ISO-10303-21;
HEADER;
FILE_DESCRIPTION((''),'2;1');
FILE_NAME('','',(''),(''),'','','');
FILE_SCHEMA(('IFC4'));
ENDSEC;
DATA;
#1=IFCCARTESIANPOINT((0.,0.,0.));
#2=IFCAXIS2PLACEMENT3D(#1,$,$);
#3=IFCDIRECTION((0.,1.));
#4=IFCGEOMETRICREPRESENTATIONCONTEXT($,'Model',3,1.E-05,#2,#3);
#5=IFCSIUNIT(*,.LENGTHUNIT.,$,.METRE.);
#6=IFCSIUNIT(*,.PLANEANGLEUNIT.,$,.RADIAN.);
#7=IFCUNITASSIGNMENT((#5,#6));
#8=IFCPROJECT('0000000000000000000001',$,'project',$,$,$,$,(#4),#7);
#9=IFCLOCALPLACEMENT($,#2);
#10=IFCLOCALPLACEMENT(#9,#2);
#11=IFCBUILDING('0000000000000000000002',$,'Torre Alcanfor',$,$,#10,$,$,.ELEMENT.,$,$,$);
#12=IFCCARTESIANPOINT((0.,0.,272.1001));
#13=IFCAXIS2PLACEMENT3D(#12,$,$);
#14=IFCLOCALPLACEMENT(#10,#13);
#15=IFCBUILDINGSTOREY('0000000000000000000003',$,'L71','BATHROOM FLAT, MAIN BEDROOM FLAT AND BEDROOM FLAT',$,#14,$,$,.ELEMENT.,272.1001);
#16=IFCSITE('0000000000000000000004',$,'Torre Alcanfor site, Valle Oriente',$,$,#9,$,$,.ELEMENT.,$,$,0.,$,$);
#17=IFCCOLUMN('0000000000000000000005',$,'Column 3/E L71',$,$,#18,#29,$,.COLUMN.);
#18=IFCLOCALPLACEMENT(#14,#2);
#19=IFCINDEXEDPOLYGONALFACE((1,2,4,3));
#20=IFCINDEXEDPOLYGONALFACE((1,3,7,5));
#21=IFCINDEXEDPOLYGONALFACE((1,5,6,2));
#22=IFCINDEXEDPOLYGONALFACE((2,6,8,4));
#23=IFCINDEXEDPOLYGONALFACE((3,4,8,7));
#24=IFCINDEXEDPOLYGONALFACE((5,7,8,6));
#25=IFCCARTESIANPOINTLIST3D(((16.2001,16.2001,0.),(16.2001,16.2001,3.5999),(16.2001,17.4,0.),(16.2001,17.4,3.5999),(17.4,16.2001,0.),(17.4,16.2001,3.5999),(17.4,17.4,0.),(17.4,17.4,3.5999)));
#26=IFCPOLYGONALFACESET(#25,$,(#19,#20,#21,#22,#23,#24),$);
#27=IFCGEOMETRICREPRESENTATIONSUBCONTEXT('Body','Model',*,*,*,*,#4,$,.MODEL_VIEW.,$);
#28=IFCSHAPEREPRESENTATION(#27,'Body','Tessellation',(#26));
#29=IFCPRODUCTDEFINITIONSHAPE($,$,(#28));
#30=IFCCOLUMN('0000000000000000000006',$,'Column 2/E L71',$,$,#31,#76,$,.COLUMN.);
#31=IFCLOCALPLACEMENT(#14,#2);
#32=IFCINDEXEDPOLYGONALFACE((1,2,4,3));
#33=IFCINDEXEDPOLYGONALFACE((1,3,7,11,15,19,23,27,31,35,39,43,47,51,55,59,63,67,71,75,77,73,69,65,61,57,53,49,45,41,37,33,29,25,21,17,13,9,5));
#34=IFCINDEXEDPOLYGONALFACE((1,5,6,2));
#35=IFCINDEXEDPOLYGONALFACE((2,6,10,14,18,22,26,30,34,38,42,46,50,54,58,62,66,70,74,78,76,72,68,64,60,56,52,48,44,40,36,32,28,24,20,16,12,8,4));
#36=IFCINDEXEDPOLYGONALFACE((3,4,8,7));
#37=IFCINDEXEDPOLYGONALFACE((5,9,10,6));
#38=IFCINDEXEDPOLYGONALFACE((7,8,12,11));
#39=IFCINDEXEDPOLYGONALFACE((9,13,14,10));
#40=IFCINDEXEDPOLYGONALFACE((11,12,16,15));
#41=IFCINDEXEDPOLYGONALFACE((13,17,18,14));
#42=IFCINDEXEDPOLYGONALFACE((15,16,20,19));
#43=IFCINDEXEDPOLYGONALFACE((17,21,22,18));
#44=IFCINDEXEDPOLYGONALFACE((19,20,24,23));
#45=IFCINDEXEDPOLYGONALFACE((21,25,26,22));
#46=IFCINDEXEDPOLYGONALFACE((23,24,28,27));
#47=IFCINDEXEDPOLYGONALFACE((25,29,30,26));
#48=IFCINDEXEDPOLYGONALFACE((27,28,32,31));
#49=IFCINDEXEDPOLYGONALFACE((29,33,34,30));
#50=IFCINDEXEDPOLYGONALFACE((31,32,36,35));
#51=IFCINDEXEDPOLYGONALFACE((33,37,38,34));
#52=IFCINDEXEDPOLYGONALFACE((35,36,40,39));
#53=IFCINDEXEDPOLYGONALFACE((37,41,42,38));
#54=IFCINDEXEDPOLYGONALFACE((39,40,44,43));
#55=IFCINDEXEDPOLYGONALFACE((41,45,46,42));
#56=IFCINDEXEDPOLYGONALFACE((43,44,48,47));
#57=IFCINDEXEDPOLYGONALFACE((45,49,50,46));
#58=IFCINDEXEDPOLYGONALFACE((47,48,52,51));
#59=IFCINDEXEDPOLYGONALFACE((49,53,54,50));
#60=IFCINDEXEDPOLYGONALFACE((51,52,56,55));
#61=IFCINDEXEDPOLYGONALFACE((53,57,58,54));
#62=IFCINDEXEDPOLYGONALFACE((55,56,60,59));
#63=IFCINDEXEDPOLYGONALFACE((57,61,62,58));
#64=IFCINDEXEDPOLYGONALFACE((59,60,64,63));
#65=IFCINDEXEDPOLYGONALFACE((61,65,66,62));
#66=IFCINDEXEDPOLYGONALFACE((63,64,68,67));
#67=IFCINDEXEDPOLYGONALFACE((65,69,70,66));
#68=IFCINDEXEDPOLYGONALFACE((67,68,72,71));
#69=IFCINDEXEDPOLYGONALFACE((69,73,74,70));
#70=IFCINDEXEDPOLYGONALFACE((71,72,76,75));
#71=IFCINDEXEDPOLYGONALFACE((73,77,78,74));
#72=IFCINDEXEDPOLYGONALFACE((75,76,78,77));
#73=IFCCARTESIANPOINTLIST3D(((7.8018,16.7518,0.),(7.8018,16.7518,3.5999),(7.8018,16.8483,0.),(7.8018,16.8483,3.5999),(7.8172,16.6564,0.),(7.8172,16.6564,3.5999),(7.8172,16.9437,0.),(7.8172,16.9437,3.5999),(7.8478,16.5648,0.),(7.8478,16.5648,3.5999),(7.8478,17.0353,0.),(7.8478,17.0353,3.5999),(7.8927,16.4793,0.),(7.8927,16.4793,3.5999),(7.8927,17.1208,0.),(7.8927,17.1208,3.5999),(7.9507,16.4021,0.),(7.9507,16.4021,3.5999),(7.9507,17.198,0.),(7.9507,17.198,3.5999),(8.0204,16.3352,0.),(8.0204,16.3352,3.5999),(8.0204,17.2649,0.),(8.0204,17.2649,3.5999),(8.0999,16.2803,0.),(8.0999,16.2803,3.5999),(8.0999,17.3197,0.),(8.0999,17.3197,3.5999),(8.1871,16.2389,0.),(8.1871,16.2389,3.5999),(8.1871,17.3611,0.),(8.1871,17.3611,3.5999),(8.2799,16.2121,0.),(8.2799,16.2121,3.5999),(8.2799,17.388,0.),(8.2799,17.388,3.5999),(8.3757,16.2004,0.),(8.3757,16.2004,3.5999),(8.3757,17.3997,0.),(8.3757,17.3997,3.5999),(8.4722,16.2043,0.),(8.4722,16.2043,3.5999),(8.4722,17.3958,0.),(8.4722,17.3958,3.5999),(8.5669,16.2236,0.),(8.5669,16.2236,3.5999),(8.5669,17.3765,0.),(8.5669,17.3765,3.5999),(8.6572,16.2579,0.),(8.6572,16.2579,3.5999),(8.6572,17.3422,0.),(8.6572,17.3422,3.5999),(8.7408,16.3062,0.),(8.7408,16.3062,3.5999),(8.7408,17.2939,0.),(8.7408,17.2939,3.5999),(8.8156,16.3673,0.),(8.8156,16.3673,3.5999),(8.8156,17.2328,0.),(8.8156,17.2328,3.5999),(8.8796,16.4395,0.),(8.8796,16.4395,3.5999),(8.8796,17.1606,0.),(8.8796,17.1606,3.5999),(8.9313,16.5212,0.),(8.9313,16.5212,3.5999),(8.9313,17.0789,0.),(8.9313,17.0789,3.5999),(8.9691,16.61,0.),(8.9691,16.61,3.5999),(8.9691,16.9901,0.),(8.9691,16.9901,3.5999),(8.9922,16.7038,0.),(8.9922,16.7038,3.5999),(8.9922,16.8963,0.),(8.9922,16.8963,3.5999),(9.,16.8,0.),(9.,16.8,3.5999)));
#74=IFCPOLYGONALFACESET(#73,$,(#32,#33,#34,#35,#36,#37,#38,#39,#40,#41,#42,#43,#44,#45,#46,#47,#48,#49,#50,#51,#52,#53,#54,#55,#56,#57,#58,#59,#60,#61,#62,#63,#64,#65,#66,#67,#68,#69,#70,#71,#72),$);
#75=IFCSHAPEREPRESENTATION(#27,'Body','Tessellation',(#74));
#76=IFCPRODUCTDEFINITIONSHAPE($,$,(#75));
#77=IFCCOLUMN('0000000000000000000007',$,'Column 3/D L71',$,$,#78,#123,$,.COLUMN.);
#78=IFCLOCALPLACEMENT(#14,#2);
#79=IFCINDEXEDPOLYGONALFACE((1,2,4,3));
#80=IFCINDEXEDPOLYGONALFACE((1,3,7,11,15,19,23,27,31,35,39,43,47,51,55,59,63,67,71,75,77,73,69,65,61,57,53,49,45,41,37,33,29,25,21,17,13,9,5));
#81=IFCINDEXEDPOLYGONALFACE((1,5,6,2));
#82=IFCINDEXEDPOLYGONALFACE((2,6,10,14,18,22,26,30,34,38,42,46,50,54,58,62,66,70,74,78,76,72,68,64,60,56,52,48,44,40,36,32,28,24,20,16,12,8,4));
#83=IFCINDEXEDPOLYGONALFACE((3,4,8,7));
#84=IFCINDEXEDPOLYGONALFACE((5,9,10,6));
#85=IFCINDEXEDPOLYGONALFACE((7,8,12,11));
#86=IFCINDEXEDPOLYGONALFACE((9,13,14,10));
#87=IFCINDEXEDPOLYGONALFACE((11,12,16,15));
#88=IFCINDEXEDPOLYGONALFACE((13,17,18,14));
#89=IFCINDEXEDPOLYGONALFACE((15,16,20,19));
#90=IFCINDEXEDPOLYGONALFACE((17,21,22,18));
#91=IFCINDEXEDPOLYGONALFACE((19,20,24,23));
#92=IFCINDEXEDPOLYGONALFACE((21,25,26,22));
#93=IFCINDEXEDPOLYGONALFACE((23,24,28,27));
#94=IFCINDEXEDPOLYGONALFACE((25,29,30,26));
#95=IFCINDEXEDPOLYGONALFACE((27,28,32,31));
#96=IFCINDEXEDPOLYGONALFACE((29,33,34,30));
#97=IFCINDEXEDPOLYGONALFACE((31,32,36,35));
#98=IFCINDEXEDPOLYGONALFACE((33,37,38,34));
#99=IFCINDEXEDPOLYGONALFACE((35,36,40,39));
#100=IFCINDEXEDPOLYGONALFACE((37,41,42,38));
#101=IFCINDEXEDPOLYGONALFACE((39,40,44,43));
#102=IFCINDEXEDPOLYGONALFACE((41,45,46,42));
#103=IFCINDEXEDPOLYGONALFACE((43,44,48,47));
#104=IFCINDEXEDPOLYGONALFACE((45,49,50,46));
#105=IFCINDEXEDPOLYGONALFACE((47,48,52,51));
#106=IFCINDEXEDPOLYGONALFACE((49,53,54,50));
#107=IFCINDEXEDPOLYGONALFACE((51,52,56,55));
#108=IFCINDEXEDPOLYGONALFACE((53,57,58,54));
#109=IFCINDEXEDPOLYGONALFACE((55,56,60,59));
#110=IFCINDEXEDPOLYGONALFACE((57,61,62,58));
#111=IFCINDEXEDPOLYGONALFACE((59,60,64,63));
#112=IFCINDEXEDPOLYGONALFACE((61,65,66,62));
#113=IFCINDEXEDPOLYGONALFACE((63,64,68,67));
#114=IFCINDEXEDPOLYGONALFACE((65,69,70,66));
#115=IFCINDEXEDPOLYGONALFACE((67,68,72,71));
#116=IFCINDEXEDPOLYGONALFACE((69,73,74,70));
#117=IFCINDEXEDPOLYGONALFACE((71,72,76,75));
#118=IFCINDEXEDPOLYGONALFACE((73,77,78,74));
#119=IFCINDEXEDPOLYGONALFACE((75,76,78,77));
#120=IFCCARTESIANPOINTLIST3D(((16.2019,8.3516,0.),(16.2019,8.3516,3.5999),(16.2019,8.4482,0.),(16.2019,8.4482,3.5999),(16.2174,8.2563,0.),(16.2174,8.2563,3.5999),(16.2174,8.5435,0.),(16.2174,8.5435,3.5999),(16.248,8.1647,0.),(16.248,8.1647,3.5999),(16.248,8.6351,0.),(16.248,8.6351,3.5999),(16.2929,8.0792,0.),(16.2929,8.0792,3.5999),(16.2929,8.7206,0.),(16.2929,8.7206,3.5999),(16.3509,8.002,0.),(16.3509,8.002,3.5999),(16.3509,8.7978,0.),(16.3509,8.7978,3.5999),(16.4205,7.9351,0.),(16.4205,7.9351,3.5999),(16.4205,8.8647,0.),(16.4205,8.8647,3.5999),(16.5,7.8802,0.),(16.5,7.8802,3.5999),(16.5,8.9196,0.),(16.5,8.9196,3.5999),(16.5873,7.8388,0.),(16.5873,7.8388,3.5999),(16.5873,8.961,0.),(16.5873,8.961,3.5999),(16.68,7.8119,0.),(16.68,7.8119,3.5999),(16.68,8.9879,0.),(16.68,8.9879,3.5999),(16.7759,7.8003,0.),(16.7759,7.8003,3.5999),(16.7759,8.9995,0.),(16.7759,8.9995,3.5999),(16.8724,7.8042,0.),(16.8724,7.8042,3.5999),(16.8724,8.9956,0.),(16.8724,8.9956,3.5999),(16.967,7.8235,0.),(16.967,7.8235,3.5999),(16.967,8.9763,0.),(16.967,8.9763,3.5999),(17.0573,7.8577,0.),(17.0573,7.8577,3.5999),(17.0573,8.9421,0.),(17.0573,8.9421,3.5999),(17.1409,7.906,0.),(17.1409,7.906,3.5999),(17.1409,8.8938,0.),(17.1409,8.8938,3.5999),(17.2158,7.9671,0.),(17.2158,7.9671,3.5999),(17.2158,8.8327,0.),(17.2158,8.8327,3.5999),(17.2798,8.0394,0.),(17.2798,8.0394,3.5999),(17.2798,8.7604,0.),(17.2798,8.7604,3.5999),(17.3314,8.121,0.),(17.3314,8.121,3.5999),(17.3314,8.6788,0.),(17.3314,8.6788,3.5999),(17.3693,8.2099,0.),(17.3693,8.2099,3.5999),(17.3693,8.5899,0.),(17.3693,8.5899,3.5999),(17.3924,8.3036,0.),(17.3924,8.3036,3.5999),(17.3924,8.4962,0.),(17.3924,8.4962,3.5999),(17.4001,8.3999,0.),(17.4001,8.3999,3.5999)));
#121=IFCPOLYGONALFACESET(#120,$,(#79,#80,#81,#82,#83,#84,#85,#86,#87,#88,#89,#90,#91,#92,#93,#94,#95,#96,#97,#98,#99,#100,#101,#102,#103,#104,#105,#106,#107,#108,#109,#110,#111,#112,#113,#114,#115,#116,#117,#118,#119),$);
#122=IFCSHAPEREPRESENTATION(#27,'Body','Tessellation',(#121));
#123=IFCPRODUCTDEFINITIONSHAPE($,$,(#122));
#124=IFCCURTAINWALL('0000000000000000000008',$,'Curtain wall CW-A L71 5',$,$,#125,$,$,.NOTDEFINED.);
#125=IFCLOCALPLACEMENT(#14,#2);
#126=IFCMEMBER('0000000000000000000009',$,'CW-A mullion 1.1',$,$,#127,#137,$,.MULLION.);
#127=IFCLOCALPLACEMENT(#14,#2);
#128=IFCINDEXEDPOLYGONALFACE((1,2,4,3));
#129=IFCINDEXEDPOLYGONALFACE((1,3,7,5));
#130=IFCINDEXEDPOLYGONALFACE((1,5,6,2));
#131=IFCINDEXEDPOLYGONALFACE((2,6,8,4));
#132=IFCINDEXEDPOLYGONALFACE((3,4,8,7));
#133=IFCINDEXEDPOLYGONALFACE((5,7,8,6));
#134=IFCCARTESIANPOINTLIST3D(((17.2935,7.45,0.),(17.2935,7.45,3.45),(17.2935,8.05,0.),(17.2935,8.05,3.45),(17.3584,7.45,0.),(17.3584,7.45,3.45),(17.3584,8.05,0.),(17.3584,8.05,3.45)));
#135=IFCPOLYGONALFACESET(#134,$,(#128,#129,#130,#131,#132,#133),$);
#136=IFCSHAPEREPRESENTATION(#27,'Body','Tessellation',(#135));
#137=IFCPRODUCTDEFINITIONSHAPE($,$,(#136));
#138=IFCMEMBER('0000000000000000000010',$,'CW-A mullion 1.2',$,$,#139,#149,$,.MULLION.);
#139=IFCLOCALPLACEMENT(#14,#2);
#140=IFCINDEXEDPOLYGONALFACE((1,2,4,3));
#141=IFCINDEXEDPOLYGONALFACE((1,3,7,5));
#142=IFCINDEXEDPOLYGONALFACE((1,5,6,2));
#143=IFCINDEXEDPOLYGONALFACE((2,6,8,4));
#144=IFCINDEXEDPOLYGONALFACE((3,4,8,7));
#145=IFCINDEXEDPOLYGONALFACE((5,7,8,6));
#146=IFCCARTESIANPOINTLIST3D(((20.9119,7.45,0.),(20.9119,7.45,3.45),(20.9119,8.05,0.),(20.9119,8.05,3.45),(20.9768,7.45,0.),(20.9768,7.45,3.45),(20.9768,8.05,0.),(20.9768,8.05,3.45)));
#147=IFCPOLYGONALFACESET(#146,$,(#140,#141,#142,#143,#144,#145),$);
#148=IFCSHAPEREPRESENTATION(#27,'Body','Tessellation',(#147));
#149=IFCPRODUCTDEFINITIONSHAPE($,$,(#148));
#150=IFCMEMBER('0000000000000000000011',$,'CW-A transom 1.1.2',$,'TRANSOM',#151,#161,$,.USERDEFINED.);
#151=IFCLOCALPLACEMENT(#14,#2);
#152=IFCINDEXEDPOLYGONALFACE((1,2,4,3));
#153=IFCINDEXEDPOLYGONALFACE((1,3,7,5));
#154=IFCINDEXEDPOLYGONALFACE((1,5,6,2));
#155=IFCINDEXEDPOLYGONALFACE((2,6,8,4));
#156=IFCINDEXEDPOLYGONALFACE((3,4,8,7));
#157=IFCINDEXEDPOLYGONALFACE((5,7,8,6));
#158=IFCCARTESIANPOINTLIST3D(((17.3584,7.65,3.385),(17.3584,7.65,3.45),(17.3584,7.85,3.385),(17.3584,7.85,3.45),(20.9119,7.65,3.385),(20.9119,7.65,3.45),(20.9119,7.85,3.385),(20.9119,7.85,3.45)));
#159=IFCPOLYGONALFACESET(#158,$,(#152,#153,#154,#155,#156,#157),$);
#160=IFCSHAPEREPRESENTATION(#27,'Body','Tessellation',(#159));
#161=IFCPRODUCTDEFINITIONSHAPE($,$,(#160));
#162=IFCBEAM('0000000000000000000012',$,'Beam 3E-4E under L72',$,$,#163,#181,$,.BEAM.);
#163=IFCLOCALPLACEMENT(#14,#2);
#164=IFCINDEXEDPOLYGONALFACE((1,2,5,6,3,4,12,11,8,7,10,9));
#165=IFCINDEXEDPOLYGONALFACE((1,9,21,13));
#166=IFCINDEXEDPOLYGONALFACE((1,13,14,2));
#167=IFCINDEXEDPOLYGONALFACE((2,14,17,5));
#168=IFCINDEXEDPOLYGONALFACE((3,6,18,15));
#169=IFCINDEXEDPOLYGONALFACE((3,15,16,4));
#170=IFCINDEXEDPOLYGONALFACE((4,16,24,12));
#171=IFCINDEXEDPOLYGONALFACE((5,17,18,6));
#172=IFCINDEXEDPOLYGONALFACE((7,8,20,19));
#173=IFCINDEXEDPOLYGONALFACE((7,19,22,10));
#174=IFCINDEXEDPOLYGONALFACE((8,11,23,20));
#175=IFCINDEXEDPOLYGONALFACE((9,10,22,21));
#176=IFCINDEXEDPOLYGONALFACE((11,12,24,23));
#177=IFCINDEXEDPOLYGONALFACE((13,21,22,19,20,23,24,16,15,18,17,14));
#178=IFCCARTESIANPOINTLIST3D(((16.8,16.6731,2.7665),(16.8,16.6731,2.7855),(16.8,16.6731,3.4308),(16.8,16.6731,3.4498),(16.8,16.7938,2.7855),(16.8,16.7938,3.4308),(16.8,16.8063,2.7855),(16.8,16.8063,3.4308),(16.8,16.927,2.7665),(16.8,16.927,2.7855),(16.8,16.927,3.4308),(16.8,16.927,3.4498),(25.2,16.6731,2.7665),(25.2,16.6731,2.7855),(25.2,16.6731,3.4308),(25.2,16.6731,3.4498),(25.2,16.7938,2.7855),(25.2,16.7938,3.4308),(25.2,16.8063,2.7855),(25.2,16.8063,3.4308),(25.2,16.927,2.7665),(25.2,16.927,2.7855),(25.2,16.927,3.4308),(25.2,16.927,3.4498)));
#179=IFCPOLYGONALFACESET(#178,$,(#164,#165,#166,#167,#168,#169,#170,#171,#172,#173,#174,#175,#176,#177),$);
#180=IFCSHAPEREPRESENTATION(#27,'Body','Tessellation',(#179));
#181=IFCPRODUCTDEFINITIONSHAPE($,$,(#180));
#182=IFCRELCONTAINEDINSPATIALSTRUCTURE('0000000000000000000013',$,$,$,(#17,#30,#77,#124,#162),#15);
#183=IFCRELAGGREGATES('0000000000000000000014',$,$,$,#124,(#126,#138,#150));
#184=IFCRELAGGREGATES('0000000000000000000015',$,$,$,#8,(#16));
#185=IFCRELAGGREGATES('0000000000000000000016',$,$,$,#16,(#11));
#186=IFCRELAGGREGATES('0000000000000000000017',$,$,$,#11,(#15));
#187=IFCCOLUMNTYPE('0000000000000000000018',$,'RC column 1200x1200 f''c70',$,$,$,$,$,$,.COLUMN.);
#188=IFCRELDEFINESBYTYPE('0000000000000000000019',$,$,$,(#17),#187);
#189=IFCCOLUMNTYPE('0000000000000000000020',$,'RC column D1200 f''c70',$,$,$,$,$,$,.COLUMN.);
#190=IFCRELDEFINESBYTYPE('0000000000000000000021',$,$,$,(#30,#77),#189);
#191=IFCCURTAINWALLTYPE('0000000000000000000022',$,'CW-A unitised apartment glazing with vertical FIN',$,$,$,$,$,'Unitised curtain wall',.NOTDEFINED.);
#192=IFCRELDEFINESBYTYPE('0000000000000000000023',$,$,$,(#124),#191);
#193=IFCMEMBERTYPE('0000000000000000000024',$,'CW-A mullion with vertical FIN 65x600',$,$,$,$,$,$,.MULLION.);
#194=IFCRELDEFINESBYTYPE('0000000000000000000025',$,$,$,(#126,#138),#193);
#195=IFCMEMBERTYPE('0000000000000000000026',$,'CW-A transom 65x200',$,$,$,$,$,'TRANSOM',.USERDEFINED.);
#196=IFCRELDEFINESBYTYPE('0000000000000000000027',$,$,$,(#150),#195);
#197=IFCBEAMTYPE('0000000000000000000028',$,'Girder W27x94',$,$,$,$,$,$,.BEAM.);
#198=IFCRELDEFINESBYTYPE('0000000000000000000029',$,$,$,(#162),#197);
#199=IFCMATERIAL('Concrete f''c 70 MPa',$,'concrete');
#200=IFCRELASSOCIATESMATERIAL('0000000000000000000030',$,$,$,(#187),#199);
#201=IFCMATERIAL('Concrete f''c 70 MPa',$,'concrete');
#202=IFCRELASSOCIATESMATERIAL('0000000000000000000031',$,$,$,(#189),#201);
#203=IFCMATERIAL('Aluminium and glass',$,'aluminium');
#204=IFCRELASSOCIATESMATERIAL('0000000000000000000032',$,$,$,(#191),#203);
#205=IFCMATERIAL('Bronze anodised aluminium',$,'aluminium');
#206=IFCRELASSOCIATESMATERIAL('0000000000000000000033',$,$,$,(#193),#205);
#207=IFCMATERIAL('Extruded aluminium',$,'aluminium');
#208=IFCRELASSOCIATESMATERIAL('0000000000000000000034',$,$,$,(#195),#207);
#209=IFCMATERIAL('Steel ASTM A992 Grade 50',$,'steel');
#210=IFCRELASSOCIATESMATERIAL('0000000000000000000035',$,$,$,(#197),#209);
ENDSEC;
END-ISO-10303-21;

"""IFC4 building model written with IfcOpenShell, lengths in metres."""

from ifc_helpers import new_model, si_unit, direction, frame, origin, origin_2d, place, context, subcontext, project, spatial, rectangle, circle, i_section, extrude, material, material_profile, profile_set, type_object, element, aggregate, save


model = new_model("IFC4")

# Units and contexts
model_context = context("Model", 3, precision=1e-05, world=origin(), true_north=direction((0.0, 1.0)))
body_context = subcontext(model_context, "Body", "Model", "MODEL_VIEW")
ifc_project = project(units=[si_unit("LENGTHUNIT", "METRE"), si_unit("PLANEANGLEUNIT", "RADIAN")], contexts=[model_context])

# Site, building, storey
site_placement = place(None, origin())
site = spatial("IfcSite", under=ifc_project, at=site_placement, Name="Torre Alcanfor site, Valle Oriente", CompositionType="ELEMENT", RefElevation=0.0)
building_placement = place(site_placement, origin())
building = spatial("IfcBuilding", under=site, at=building_placement, Name="Torre Alcanfor", CompositionType="ELEMENT")
storey_placement = place(building_placement, frame((0.0, 0.0, 272.1001)))
storey = spatial("IfcBuildingStorey", under=building, at=storey_placement, Name="L71", Description="BATHROOM FLAT, MAIN BEDROOM FLAT AND BEDROOM FLAT", CompositionType="ELEMENT", Elevation=272.1001)

# Columns
ifc_material_1 = material(Name="Concrete f'c 70 MPa", Category="concrete")
ifc_material_profile_1 = material_profile(ifc_material_1, rectangle(XDim=1.2, YDim=1.2, at=origin_2d()), Name="1200x1200")
ifc_profile_set_1 = profile_set([ifc_material_profile_1], Name="Concrete f'c 70 MPa")
column_type_1 = type_object("IfcColumnType", Name="RC column 1200x1200 f'c70", PredefinedType="COLUMN", material=ifc_profile_set_1)
column_placement = place(storey_placement, frame((16.8, 16.8, 0.0), z_axis=(0.0, 0.0, 1.0), x_axis=(1.0, 0.0, 0.0)))
element("IfcColumn", 1, at=column_placement, inside=storey, type_object=column_type_1, Name="Column 3/E L71", PredefinedType="COLUMN", context=body_context, shape_type="SweptSolid", body=[
    extrude(rectangle(XDim=1.2, YDim=1.2, at=origin_2d()), origin(), (0.0, 0.0, 1.0), 3.5999),
])
ifc_material_2 = material(Name="Concrete f'c 70 MPa", Category="concrete")
ifc_material_profile_2 = material_profile(ifc_material_2, circle(Radius=0.6001, at=origin_2d()), Name="D1200")
ifc_profile_set_2 = profile_set([ifc_material_profile_2], Name="Concrete f'c 70 MPa")
column_type_2 = type_object("IfcColumnType", Name="RC column D1200 f'c70", PredefinedType="COLUMN", material=ifc_profile_set_2)
for number, where, z_axis, x_axis, name in (
    (2, (8.3999, 16.8, 0.0), (0.0, 0.0, 1.0), (1.0, 0.0, 0.0), "Column 2/E L71"),
    (3, (16.8, 8.3999, 0.0), (0.0, 0.0, 1.0), (1.0, 0.0, 0.0), "Column 3/D L71"),
):
    element("IfcColumn", number, at=place(storey_placement, frame(where, z_axis=z_axis, x_axis=x_axis)), inside=storey, type_object=column_type_2, Name=name, PredefinedType="COLUMN", context=body_context, shape_type="SweptSolid", body=[
        extrude(circle(Radius=0.6001, at=origin_2d()), origin(), (0.0, 0.0, 1.0), 3.5999),
    ])

# Curtain wall, members
ifc_material_3 = material(Name="Aluminium and glass", Category="aluminium")
curtain_wall_type = type_object("IfcCurtainWallType", Name="CW-A unitised apartment glazing with vertical FIN", ElementType="Unitised curtain wall", PredefinedType="NOTDEFINED", material=ifc_material_3)
curtain_wall_placement = place(storey_placement, origin())
curtain_wall = element("IfcCurtainWall", 4, at=curtain_wall_placement, inside=storey, type_object=curtain_wall_type, Name="Curtain wall CW-A L71 5", PredefinedType="NOTDEFINED")
ifc_material_4 = material(Name="Bronze anodised aluminium", Category="aluminium")
ifc_material_profile_3 = material_profile(ifc_material_4, rectangle(XDim=0.6001, YDim=0.0649, at=origin_2d()), Name="CW-A mullion 65x600")
ifc_profile_set_3 = profile_set([ifc_material_profile_3], Name="Bronze anodised aluminium")
member_type_1 = type_object("IfcMemberType", Name="CW-A mullion with vertical FIN 65x600", PredefinedType="MULLION", material=ifc_profile_set_3)
member_1_placement = place(storey_placement, frame((17.3259, 7.75, 0.0), z_axis=(0.0, 0.0, 1.0), x_axis=(0.0, 1.0, 0.0)))
member_1 = element("IfcMember", 5, at=member_1_placement, type_object=member_type_1, Name="CW-A mullion 1.1", PredefinedType="MULLION", context=body_context, shape_type="SweptSolid", body=[
    extrude(rectangle(XDim=0.6001, YDim=0.0649, at=origin_2d()), origin(), (0.0, 0.0, 1.0), 3.45),
])
member_2_placement = place(storey_placement, frame((20.9443, 7.75, 0.0), z_axis=(0.0, 0.0, 1.0), x_axis=(0.0, 1.0, 0.0)))
member_2 = element("IfcMember", 6, at=member_2_placement, type_object=member_type_1, Name="CW-A mullion 1.2", PredefinedType="MULLION", context=body_context, shape_type="SweptSolid", body=[
    extrude(rectangle(XDim=0.6001, YDim=0.0649, at=origin_2d()), origin(), (0.0, 0.0, 1.0), 3.45),
])
ifc_material_5 = material(Name="Extruded aluminium", Category="aluminium")
ifc_material_profile_4 = material_profile(ifc_material_5, rectangle(XDim=0.2, YDim=0.0649, at=origin_2d()), Name="CW-A transom 200x65")
ifc_profile_set_4 = profile_set([ifc_material_profile_4], Name="Extruded aluminium")
member_type_2 = type_object("IfcMemberType", Name="CW-A transom 65x200", ElementType="TRANSOM", PredefinedType="USERDEFINED", material=ifc_profile_set_4)
member_3_placement = place(storey_placement, frame((17.3584, 7.75, 3.4175), z_axis=(1.0, 0.0, 0.0), x_axis=(0.0, 1.0, 0.0)))
member_3 = element("IfcMember", 7, at=member_3_placement, type_object=member_type_2, Name="CW-A transom 1.1.2", ObjectType="TRANSOM", PredefinedType="USERDEFINED", context=body_context, shape_type="SweptSolid", body=[
    extrude(rectangle(XDim=0.2, YDim=0.0649, at=origin_2d()), origin(), (0.0, 0.0, 1.0), 3.5535),
])

# Beam
ifc_material_6 = material(Name="Steel ASTM A992 Grade 50", Category="steel")
ifc_material_profile_5 = material_profile(ifc_material_6, i_section(OverallWidth=0.2539, OverallDepth=0.6833, WebThickness=0.0125, FlangeThickness=0.019, at=origin_2d()), Name="W27x94")
ifc_profile_set_5 = profile_set([ifc_material_profile_5], Name="Steel ASTM A992 Grade 50")
beam_type_1 = type_object("IfcBeamType", Name="Girder W27x94", PredefinedType="BEAM", material=ifc_profile_set_5)
for number, where, z_axis, x_axis, name in (
    (8, (16.8, 16.8, 3.1082), (1.0, 0.0, 0.0), (0.0, 1.0, 0.0), "Beam 3E-4E under L72"),
):
    element("IfcBeam", number, at=place(storey_placement, frame(where, z_axis=z_axis, x_axis=x_axis)), inside=storey, type_object=beam_type_1, Name=name, PredefinedType="BEAM", context=body_context, shape_type="SweptSolid", body=[
        extrude(i_section(OverallWidth=0.2539, OverallDepth=0.6833, WebThickness=0.0125, FlangeThickness=0.019, at=origin_2d()), origin(), (0.0, 0.0, 1.0), 8.3999),
    ])

aggregate(curtain_wall, [member_1, member_2, member_3])

save(model, "model.ifc")
